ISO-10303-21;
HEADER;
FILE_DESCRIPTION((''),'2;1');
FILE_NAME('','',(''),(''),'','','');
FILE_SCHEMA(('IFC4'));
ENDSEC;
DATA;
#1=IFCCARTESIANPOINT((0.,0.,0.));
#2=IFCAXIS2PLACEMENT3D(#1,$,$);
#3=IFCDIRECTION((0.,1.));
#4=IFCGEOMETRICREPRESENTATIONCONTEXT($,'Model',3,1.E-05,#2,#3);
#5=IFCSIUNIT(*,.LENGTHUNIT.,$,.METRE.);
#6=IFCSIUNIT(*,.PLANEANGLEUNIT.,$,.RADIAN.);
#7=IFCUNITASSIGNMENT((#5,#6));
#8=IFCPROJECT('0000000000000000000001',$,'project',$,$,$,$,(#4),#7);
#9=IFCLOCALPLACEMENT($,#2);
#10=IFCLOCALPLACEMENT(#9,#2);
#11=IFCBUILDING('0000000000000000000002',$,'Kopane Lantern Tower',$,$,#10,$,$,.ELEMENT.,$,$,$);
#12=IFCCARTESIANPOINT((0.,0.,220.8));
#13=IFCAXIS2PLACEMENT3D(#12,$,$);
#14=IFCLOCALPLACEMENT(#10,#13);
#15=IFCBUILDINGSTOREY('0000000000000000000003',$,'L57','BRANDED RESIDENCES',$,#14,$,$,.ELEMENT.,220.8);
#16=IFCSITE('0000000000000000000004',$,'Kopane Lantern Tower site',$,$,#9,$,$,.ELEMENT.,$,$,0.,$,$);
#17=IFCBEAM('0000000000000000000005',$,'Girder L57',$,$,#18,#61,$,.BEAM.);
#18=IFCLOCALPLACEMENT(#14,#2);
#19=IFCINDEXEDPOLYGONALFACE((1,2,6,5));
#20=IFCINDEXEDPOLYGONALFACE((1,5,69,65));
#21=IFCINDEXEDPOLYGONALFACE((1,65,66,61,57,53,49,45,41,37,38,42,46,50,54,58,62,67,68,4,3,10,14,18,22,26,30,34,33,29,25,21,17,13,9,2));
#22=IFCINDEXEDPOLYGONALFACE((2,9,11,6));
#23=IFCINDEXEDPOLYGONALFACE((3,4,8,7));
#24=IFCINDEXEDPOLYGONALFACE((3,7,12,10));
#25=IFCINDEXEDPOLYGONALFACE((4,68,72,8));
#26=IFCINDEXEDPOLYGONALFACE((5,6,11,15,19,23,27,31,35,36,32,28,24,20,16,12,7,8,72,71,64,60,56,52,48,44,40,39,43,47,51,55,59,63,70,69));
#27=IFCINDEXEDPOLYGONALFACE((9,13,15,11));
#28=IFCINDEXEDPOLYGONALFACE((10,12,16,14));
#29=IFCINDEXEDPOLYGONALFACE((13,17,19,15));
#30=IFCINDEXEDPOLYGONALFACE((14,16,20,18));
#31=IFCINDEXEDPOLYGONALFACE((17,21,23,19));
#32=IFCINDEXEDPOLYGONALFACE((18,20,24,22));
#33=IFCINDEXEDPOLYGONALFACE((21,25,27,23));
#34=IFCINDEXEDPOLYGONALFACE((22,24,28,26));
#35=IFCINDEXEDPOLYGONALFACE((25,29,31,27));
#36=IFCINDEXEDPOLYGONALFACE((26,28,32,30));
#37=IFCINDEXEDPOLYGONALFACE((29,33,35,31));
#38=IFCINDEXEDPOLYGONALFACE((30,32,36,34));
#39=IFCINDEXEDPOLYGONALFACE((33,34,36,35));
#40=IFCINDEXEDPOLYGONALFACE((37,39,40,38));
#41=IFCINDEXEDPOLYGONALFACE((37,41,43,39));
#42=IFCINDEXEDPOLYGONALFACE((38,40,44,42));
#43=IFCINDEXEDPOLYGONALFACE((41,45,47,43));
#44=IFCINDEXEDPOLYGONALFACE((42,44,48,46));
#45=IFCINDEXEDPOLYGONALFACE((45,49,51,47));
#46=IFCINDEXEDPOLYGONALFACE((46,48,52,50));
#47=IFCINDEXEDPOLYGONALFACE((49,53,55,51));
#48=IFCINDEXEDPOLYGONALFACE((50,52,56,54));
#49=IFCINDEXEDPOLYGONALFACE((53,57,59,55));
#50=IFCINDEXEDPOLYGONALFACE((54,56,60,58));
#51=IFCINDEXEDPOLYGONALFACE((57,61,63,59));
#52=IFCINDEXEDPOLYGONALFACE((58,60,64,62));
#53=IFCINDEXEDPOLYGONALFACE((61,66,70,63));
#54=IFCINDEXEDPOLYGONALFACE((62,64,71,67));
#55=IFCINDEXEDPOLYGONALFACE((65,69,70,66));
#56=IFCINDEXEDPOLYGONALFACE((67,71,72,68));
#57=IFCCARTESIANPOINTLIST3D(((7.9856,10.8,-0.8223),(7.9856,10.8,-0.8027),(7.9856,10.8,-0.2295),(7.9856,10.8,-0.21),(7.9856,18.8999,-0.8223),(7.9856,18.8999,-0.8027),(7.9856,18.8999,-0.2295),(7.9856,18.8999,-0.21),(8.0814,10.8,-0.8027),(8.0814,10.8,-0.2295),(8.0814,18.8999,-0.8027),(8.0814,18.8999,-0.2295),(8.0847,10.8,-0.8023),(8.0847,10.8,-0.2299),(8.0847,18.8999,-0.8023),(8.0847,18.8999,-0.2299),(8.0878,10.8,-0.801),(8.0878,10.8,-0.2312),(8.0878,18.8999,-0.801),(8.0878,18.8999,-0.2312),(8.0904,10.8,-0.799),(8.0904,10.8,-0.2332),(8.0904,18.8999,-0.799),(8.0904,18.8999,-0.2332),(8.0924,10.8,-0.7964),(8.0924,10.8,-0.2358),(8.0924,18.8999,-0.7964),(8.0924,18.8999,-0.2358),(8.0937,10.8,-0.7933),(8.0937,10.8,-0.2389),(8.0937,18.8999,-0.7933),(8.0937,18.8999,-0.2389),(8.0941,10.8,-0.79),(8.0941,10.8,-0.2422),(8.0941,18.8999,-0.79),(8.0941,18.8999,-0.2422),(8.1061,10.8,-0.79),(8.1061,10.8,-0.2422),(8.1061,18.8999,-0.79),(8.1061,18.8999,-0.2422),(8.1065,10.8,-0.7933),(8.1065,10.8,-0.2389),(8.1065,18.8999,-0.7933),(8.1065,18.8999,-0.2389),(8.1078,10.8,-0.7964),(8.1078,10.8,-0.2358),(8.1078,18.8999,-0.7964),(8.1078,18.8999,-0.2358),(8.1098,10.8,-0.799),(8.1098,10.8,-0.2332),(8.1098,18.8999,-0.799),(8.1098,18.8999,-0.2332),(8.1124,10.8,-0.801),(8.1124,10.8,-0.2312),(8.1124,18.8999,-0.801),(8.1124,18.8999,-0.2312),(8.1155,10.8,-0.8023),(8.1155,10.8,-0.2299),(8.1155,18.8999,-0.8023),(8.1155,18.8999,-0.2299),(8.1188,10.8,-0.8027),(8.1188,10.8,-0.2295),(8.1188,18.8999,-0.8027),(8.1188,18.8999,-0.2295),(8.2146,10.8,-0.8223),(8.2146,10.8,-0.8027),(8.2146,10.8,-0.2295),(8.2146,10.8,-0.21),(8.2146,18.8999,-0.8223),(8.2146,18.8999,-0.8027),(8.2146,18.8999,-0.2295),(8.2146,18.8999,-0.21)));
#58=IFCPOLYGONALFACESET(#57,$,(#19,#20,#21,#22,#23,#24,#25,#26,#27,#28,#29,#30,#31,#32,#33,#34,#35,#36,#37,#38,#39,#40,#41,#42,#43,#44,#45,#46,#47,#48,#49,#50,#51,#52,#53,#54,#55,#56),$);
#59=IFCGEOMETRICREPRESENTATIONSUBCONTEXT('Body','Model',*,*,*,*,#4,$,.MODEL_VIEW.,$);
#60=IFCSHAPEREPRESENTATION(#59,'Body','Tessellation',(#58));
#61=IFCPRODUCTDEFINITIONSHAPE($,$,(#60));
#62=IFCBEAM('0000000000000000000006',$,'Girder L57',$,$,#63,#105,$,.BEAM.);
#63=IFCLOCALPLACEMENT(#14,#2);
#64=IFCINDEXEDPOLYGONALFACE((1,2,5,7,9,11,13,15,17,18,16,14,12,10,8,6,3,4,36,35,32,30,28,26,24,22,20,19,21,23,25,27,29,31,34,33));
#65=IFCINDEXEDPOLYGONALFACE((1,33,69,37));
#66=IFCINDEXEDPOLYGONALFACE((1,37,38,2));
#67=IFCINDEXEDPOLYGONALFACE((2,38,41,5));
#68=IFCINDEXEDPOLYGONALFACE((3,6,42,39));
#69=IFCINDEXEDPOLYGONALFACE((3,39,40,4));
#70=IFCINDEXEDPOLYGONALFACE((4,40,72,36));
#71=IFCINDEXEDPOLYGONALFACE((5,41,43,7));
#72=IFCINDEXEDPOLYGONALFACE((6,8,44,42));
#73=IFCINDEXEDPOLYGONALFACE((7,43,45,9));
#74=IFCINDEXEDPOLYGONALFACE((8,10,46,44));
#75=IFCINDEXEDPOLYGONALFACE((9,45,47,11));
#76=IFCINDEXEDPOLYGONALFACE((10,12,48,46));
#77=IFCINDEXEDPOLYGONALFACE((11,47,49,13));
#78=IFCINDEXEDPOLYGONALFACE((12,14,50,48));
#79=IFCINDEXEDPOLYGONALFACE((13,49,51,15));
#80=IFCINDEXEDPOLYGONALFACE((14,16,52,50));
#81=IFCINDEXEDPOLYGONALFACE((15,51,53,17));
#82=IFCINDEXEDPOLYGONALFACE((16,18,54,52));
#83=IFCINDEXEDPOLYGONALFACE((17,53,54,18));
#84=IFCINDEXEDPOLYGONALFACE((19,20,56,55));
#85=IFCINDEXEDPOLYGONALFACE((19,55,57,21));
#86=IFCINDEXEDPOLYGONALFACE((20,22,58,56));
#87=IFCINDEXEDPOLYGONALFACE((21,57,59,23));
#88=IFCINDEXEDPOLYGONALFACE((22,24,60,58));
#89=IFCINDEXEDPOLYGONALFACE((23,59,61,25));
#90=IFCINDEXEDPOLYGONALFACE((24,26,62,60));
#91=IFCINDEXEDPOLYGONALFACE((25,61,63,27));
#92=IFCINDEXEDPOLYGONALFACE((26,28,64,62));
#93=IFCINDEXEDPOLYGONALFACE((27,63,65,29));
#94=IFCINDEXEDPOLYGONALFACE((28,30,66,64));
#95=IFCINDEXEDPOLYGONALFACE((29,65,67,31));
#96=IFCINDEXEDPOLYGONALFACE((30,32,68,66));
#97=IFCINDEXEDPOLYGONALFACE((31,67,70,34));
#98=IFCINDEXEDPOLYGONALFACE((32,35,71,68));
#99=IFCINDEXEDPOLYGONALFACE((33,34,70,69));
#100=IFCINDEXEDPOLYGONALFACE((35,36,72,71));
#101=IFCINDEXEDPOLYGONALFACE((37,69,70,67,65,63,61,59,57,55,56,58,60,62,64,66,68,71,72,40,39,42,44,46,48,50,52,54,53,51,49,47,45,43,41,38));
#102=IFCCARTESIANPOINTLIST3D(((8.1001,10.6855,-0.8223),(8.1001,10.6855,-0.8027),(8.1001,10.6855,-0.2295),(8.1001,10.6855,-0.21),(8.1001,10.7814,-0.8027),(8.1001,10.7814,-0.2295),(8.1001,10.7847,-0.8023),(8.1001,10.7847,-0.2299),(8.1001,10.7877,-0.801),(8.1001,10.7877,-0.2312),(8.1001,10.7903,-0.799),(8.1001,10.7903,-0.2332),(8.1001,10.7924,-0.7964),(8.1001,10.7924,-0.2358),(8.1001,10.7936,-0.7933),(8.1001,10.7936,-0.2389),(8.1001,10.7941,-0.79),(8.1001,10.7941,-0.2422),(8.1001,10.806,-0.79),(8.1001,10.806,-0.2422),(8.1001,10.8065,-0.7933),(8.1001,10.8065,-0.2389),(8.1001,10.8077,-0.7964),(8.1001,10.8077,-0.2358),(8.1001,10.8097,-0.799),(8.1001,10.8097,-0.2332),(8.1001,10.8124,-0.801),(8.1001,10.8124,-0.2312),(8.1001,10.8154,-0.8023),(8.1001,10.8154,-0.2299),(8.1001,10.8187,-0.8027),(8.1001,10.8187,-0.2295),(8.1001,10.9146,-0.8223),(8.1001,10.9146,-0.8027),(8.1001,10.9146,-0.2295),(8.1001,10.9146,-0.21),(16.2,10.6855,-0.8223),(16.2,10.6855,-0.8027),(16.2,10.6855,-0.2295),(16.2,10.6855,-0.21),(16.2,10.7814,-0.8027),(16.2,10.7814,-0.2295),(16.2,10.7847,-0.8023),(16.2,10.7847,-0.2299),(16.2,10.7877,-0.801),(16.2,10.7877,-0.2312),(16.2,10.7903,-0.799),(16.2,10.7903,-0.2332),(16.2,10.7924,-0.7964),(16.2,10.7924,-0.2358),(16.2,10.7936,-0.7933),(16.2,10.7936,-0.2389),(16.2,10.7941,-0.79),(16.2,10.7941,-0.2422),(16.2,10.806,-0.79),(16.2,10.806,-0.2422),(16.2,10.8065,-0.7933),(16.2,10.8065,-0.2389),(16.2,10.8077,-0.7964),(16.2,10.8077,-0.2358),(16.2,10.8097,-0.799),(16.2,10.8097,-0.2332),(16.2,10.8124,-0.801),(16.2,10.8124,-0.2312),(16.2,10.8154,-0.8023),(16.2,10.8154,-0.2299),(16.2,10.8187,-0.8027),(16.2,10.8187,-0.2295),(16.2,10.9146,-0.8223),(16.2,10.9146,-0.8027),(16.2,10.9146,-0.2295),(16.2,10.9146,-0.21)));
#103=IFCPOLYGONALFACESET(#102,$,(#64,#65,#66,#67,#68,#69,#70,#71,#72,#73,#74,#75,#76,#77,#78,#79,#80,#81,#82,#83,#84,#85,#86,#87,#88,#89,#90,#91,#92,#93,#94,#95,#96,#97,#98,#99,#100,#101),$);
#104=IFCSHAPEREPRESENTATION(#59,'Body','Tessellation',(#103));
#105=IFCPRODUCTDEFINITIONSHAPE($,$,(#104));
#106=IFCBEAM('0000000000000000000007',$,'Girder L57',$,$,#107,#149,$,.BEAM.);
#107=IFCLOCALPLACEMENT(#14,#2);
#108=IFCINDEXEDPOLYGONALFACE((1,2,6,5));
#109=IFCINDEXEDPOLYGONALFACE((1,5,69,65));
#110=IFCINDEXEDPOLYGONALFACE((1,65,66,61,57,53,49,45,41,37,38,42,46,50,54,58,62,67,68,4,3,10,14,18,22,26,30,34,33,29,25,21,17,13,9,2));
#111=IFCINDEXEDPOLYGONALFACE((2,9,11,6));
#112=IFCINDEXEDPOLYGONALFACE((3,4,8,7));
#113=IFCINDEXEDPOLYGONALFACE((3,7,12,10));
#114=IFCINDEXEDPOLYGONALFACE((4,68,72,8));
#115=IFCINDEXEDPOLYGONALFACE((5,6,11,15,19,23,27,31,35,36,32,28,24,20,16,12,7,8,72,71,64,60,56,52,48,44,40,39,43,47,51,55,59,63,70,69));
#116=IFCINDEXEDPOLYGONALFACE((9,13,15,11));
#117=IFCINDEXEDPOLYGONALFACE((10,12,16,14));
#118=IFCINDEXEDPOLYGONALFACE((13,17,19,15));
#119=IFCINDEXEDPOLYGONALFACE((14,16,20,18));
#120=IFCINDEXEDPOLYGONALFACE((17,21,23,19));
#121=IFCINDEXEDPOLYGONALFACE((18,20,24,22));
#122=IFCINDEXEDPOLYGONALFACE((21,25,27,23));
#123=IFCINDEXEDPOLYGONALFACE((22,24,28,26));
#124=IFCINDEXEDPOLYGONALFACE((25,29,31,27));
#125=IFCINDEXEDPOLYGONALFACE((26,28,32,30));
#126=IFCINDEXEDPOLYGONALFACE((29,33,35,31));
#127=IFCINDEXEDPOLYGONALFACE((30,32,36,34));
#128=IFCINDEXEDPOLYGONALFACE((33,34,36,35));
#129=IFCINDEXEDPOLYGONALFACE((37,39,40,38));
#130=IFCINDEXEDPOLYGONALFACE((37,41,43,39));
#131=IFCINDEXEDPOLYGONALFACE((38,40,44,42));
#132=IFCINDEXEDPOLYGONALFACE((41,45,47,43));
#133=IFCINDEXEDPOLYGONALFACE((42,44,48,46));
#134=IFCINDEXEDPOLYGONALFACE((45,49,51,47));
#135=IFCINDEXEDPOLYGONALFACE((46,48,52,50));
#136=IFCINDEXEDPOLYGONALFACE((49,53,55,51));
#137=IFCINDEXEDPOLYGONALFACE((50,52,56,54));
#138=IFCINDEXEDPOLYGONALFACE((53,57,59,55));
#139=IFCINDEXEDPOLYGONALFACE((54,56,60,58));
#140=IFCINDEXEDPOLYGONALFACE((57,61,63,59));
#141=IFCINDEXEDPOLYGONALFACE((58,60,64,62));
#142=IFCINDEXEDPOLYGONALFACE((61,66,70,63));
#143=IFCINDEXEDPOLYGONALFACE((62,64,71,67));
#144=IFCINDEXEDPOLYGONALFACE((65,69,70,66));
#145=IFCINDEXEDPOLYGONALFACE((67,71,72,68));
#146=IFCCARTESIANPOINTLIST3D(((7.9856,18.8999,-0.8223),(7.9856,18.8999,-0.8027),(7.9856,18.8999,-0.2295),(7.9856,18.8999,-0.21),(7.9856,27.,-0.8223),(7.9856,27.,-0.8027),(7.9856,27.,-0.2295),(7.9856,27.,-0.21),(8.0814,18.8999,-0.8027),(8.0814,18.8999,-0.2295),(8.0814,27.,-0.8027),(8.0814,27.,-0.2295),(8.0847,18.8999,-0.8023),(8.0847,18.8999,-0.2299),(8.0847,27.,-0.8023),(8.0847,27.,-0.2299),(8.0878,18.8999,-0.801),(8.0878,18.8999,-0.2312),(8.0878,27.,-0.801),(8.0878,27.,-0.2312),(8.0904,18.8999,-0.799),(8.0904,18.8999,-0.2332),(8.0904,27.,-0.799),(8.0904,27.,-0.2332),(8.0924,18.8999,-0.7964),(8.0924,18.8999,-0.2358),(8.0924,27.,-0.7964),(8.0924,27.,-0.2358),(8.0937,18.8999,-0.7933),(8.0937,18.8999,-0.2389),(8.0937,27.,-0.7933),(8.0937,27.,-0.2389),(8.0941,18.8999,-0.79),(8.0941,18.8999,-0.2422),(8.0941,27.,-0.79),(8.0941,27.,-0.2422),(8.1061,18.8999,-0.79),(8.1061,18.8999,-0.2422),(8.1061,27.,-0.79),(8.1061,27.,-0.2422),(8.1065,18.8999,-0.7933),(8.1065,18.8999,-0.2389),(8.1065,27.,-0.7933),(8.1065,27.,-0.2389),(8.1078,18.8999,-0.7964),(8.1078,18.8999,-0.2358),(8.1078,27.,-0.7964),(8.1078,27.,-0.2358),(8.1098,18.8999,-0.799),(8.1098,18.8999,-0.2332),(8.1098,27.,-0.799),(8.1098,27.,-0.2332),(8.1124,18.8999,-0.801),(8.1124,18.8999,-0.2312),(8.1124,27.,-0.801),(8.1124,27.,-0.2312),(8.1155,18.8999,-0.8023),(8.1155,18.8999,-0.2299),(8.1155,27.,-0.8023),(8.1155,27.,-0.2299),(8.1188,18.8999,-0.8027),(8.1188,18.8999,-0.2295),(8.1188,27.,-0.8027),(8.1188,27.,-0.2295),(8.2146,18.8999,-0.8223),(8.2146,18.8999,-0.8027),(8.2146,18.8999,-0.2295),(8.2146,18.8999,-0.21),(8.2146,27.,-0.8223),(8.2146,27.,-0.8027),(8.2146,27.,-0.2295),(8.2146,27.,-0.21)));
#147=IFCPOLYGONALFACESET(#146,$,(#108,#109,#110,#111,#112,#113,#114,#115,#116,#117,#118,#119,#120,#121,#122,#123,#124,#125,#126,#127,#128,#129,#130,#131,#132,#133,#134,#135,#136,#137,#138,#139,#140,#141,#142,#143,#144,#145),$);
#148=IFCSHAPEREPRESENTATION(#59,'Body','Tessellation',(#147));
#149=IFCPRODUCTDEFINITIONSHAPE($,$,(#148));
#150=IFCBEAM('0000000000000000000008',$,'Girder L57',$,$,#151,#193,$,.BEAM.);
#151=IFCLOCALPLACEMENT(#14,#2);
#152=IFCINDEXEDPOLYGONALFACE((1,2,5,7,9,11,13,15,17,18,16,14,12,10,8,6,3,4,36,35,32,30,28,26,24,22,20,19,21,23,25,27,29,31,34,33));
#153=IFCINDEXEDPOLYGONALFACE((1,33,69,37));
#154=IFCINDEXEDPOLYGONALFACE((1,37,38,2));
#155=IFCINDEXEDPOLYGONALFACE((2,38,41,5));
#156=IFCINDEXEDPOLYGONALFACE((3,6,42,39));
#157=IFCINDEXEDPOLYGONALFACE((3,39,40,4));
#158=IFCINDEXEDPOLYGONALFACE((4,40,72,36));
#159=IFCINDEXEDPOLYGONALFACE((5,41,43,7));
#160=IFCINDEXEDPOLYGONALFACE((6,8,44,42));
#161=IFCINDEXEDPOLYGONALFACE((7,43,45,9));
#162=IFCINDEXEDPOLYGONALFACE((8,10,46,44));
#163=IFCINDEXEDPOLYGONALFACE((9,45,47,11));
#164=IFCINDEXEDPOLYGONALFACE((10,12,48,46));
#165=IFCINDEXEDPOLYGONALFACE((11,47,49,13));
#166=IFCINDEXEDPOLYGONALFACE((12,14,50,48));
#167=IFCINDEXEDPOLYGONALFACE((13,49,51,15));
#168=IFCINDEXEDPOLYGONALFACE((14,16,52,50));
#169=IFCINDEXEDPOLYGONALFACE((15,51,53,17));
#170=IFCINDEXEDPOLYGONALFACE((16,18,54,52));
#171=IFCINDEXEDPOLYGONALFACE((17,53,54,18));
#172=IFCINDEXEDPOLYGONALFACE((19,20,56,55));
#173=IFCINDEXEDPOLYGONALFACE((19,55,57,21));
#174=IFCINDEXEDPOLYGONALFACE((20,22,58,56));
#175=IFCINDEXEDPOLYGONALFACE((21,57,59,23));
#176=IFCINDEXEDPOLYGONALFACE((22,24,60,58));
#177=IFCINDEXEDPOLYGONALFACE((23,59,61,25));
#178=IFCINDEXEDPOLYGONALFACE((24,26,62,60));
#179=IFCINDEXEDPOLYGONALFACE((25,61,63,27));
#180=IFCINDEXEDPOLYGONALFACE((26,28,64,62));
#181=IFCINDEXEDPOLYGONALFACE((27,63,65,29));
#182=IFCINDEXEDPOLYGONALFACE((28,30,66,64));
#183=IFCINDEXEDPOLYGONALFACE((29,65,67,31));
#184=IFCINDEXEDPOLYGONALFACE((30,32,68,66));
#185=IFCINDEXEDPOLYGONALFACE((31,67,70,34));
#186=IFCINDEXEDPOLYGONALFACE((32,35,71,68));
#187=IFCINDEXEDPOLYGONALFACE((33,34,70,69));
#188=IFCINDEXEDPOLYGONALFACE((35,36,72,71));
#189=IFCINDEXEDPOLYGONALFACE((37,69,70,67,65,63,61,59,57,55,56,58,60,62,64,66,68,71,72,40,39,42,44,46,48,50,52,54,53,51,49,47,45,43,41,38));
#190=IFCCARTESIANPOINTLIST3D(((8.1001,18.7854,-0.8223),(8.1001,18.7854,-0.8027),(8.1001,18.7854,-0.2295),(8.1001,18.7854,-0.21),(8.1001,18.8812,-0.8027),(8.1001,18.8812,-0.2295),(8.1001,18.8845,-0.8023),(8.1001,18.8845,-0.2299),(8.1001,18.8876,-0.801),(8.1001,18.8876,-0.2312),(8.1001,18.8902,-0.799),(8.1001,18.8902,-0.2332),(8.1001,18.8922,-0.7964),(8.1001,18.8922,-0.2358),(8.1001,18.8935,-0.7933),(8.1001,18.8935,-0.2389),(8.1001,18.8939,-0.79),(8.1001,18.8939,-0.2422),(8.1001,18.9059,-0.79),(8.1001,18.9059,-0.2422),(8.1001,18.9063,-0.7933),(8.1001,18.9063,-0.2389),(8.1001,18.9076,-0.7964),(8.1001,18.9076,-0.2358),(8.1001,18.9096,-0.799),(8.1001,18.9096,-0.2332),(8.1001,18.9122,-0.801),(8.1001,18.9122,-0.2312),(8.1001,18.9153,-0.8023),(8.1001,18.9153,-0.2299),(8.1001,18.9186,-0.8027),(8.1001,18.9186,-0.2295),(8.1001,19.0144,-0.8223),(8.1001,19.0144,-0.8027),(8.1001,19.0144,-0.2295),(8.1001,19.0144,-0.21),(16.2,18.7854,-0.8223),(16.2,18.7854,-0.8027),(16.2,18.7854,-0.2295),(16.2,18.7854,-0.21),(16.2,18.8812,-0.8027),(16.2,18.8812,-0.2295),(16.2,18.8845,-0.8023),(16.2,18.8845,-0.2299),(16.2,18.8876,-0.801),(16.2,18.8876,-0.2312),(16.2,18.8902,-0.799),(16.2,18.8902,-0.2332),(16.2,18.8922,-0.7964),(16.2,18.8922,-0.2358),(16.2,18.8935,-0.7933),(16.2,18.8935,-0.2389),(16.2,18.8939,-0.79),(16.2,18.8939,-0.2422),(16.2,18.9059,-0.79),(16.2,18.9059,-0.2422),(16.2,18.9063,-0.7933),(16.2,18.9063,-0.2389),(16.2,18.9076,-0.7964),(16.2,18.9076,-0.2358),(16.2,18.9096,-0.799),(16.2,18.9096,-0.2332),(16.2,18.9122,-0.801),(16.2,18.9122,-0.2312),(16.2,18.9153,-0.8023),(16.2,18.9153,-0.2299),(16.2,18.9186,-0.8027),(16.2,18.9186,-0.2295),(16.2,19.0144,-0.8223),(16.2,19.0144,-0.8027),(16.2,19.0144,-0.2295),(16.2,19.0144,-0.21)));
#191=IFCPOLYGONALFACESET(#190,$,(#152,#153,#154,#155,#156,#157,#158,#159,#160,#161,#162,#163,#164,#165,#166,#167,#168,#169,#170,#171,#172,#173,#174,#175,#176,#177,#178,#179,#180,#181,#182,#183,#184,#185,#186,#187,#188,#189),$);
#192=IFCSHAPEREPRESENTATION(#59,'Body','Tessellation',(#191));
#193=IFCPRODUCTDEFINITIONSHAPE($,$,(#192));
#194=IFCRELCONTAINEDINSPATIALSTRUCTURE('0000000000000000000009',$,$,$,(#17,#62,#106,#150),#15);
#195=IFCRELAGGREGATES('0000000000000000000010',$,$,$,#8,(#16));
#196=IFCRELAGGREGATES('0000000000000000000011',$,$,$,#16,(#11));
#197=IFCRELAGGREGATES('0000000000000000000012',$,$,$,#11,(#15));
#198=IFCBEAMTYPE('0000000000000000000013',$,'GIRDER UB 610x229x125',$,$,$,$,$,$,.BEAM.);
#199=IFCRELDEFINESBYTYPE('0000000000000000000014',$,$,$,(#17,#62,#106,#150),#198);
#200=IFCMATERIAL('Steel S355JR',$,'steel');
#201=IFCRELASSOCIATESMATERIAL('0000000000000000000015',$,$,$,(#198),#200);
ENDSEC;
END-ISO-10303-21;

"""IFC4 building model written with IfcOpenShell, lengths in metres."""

from ifc_helpers import new_model, si_unit, direction, frame, origin, origin_2d, place, context, subcontext, project, spatial, i_section, extrude, material, material_profile, profile_set, type_object, element, save


model = new_model("IFC4")

# Units and contexts
model_context = context("Model", 3, precision=1e-05, world=origin(), true_north=direction((0.0, 1.0)))
body_context = subcontext(model_context, "Body", "Model", "MODEL_VIEW")
ifc_project = project(units=[si_unit("LENGTHUNIT", "METRE"), si_unit("PLANEANGLEUNIT", "RADIAN")], contexts=[model_context])

# Site, building, storey
site_placement = place(None, origin())
site = spatial("IfcSite", under=ifc_project, at=site_placement, Name="Kopane Lantern Tower site", CompositionType="ELEMENT", RefElevation=0.0)
building_placement = place(site_placement, origin())
building = spatial("IfcBuilding", under=site, at=building_placement, Name="Kopane Lantern Tower", CompositionType="ELEMENT")
storey_placement = place(building_placement, frame((0.0, 0.0, 220.8)))
storey = spatial("IfcBuildingStorey", under=building, at=storey_placement, Name="L57", Description="BRANDED RESIDENCES", CompositionType="ELEMENT", Elevation=220.8)

# Beams
ifc_material_1 = material(Name="Steel S355JR", Category="steel")
ifc_material_profile_1 = material_profile(ifc_material_1, i_section(OverallWidth=0.229, OverallDepth=0.6123, WebThickness=0.012, FlangeThickness=0.0195, FilletRadius=0.0127, at=origin_2d()), Name="UB 610x229x125")
ifc_profile_set_1 = profile_set([ifc_material_profile_1], Name="Steel S355JR")
beam_type_1 = type_object("IfcBeamType", Name="GIRDER UB 610x229x125", PredefinedType="BEAM", material=ifc_profile_set_1)
for number, where, z_axis, x_axis, name in (
    (1, (8.1001, 10.8, -0.5161), (0.0, 1.0, 0.0), (-1.0, 0.0, 0.0), "Girder L57"),
    (2, (8.1001, 10.8, -0.5161), (1.0, 0.0, 0.0), (0.0, 1.0, 0.0), "Girder L57"),
):
    element("IfcBeam", number, at=place(storey_placement, frame(where, z_axis=z_axis, x_axis=x_axis)), inside=storey, type_object=beam_type_1, Name=name, PredefinedType="BEAM", context=body_context, shape_type="SweptSolid", body=[
        extrude(i_section(OverallWidth=0.229, OverallDepth=0.6123, WebThickness=0.012, FlangeThickness=0.0195, FilletRadius=0.0127, at=origin_2d()), origin(), (0.0, 0.0, 1.0), 8.0999),
    ])
beam_1_placement = place(storey_placement, frame((8.1001, 18.8999, -0.5161), z_axis=(0.0, 1.0, 0.0), x_axis=(-1.0, 0.0, 0.0)))
element("IfcBeam", 3, at=beam_1_placement, inside=storey, type_object=beam_type_1, Name="Girder L57", PredefinedType="BEAM", context=body_context, shape_type="SweptSolid", body=[
    extrude(i_section(OverallWidth=0.229, OverallDepth=0.6123, WebThickness=0.012, FlangeThickness=0.0195, FilletRadius=0.0127, at=origin_2d()), origin(), (0.0, 0.0, 1.0), 8.1001),
])
beam_2_placement = place(storey_placement, frame((8.1001, 18.8999, -0.5161), z_axis=(1.0, 0.0, 0.0), x_axis=(0.0, 1.0, 0.0)))
element("IfcBeam", 4, at=beam_2_placement, inside=storey, type_object=beam_type_1, Name="Girder L57", PredefinedType="BEAM", context=body_context, shape_type="SweptSolid", body=[
    extrude(i_section(OverallWidth=0.229, OverallDepth=0.6123, WebThickness=0.012, FlangeThickness=0.0195, FilletRadius=0.0127, at=origin_2d()), origin(), (0.0, 0.0, 1.0), 8.0999),
])

save(model, "model.ifc")
